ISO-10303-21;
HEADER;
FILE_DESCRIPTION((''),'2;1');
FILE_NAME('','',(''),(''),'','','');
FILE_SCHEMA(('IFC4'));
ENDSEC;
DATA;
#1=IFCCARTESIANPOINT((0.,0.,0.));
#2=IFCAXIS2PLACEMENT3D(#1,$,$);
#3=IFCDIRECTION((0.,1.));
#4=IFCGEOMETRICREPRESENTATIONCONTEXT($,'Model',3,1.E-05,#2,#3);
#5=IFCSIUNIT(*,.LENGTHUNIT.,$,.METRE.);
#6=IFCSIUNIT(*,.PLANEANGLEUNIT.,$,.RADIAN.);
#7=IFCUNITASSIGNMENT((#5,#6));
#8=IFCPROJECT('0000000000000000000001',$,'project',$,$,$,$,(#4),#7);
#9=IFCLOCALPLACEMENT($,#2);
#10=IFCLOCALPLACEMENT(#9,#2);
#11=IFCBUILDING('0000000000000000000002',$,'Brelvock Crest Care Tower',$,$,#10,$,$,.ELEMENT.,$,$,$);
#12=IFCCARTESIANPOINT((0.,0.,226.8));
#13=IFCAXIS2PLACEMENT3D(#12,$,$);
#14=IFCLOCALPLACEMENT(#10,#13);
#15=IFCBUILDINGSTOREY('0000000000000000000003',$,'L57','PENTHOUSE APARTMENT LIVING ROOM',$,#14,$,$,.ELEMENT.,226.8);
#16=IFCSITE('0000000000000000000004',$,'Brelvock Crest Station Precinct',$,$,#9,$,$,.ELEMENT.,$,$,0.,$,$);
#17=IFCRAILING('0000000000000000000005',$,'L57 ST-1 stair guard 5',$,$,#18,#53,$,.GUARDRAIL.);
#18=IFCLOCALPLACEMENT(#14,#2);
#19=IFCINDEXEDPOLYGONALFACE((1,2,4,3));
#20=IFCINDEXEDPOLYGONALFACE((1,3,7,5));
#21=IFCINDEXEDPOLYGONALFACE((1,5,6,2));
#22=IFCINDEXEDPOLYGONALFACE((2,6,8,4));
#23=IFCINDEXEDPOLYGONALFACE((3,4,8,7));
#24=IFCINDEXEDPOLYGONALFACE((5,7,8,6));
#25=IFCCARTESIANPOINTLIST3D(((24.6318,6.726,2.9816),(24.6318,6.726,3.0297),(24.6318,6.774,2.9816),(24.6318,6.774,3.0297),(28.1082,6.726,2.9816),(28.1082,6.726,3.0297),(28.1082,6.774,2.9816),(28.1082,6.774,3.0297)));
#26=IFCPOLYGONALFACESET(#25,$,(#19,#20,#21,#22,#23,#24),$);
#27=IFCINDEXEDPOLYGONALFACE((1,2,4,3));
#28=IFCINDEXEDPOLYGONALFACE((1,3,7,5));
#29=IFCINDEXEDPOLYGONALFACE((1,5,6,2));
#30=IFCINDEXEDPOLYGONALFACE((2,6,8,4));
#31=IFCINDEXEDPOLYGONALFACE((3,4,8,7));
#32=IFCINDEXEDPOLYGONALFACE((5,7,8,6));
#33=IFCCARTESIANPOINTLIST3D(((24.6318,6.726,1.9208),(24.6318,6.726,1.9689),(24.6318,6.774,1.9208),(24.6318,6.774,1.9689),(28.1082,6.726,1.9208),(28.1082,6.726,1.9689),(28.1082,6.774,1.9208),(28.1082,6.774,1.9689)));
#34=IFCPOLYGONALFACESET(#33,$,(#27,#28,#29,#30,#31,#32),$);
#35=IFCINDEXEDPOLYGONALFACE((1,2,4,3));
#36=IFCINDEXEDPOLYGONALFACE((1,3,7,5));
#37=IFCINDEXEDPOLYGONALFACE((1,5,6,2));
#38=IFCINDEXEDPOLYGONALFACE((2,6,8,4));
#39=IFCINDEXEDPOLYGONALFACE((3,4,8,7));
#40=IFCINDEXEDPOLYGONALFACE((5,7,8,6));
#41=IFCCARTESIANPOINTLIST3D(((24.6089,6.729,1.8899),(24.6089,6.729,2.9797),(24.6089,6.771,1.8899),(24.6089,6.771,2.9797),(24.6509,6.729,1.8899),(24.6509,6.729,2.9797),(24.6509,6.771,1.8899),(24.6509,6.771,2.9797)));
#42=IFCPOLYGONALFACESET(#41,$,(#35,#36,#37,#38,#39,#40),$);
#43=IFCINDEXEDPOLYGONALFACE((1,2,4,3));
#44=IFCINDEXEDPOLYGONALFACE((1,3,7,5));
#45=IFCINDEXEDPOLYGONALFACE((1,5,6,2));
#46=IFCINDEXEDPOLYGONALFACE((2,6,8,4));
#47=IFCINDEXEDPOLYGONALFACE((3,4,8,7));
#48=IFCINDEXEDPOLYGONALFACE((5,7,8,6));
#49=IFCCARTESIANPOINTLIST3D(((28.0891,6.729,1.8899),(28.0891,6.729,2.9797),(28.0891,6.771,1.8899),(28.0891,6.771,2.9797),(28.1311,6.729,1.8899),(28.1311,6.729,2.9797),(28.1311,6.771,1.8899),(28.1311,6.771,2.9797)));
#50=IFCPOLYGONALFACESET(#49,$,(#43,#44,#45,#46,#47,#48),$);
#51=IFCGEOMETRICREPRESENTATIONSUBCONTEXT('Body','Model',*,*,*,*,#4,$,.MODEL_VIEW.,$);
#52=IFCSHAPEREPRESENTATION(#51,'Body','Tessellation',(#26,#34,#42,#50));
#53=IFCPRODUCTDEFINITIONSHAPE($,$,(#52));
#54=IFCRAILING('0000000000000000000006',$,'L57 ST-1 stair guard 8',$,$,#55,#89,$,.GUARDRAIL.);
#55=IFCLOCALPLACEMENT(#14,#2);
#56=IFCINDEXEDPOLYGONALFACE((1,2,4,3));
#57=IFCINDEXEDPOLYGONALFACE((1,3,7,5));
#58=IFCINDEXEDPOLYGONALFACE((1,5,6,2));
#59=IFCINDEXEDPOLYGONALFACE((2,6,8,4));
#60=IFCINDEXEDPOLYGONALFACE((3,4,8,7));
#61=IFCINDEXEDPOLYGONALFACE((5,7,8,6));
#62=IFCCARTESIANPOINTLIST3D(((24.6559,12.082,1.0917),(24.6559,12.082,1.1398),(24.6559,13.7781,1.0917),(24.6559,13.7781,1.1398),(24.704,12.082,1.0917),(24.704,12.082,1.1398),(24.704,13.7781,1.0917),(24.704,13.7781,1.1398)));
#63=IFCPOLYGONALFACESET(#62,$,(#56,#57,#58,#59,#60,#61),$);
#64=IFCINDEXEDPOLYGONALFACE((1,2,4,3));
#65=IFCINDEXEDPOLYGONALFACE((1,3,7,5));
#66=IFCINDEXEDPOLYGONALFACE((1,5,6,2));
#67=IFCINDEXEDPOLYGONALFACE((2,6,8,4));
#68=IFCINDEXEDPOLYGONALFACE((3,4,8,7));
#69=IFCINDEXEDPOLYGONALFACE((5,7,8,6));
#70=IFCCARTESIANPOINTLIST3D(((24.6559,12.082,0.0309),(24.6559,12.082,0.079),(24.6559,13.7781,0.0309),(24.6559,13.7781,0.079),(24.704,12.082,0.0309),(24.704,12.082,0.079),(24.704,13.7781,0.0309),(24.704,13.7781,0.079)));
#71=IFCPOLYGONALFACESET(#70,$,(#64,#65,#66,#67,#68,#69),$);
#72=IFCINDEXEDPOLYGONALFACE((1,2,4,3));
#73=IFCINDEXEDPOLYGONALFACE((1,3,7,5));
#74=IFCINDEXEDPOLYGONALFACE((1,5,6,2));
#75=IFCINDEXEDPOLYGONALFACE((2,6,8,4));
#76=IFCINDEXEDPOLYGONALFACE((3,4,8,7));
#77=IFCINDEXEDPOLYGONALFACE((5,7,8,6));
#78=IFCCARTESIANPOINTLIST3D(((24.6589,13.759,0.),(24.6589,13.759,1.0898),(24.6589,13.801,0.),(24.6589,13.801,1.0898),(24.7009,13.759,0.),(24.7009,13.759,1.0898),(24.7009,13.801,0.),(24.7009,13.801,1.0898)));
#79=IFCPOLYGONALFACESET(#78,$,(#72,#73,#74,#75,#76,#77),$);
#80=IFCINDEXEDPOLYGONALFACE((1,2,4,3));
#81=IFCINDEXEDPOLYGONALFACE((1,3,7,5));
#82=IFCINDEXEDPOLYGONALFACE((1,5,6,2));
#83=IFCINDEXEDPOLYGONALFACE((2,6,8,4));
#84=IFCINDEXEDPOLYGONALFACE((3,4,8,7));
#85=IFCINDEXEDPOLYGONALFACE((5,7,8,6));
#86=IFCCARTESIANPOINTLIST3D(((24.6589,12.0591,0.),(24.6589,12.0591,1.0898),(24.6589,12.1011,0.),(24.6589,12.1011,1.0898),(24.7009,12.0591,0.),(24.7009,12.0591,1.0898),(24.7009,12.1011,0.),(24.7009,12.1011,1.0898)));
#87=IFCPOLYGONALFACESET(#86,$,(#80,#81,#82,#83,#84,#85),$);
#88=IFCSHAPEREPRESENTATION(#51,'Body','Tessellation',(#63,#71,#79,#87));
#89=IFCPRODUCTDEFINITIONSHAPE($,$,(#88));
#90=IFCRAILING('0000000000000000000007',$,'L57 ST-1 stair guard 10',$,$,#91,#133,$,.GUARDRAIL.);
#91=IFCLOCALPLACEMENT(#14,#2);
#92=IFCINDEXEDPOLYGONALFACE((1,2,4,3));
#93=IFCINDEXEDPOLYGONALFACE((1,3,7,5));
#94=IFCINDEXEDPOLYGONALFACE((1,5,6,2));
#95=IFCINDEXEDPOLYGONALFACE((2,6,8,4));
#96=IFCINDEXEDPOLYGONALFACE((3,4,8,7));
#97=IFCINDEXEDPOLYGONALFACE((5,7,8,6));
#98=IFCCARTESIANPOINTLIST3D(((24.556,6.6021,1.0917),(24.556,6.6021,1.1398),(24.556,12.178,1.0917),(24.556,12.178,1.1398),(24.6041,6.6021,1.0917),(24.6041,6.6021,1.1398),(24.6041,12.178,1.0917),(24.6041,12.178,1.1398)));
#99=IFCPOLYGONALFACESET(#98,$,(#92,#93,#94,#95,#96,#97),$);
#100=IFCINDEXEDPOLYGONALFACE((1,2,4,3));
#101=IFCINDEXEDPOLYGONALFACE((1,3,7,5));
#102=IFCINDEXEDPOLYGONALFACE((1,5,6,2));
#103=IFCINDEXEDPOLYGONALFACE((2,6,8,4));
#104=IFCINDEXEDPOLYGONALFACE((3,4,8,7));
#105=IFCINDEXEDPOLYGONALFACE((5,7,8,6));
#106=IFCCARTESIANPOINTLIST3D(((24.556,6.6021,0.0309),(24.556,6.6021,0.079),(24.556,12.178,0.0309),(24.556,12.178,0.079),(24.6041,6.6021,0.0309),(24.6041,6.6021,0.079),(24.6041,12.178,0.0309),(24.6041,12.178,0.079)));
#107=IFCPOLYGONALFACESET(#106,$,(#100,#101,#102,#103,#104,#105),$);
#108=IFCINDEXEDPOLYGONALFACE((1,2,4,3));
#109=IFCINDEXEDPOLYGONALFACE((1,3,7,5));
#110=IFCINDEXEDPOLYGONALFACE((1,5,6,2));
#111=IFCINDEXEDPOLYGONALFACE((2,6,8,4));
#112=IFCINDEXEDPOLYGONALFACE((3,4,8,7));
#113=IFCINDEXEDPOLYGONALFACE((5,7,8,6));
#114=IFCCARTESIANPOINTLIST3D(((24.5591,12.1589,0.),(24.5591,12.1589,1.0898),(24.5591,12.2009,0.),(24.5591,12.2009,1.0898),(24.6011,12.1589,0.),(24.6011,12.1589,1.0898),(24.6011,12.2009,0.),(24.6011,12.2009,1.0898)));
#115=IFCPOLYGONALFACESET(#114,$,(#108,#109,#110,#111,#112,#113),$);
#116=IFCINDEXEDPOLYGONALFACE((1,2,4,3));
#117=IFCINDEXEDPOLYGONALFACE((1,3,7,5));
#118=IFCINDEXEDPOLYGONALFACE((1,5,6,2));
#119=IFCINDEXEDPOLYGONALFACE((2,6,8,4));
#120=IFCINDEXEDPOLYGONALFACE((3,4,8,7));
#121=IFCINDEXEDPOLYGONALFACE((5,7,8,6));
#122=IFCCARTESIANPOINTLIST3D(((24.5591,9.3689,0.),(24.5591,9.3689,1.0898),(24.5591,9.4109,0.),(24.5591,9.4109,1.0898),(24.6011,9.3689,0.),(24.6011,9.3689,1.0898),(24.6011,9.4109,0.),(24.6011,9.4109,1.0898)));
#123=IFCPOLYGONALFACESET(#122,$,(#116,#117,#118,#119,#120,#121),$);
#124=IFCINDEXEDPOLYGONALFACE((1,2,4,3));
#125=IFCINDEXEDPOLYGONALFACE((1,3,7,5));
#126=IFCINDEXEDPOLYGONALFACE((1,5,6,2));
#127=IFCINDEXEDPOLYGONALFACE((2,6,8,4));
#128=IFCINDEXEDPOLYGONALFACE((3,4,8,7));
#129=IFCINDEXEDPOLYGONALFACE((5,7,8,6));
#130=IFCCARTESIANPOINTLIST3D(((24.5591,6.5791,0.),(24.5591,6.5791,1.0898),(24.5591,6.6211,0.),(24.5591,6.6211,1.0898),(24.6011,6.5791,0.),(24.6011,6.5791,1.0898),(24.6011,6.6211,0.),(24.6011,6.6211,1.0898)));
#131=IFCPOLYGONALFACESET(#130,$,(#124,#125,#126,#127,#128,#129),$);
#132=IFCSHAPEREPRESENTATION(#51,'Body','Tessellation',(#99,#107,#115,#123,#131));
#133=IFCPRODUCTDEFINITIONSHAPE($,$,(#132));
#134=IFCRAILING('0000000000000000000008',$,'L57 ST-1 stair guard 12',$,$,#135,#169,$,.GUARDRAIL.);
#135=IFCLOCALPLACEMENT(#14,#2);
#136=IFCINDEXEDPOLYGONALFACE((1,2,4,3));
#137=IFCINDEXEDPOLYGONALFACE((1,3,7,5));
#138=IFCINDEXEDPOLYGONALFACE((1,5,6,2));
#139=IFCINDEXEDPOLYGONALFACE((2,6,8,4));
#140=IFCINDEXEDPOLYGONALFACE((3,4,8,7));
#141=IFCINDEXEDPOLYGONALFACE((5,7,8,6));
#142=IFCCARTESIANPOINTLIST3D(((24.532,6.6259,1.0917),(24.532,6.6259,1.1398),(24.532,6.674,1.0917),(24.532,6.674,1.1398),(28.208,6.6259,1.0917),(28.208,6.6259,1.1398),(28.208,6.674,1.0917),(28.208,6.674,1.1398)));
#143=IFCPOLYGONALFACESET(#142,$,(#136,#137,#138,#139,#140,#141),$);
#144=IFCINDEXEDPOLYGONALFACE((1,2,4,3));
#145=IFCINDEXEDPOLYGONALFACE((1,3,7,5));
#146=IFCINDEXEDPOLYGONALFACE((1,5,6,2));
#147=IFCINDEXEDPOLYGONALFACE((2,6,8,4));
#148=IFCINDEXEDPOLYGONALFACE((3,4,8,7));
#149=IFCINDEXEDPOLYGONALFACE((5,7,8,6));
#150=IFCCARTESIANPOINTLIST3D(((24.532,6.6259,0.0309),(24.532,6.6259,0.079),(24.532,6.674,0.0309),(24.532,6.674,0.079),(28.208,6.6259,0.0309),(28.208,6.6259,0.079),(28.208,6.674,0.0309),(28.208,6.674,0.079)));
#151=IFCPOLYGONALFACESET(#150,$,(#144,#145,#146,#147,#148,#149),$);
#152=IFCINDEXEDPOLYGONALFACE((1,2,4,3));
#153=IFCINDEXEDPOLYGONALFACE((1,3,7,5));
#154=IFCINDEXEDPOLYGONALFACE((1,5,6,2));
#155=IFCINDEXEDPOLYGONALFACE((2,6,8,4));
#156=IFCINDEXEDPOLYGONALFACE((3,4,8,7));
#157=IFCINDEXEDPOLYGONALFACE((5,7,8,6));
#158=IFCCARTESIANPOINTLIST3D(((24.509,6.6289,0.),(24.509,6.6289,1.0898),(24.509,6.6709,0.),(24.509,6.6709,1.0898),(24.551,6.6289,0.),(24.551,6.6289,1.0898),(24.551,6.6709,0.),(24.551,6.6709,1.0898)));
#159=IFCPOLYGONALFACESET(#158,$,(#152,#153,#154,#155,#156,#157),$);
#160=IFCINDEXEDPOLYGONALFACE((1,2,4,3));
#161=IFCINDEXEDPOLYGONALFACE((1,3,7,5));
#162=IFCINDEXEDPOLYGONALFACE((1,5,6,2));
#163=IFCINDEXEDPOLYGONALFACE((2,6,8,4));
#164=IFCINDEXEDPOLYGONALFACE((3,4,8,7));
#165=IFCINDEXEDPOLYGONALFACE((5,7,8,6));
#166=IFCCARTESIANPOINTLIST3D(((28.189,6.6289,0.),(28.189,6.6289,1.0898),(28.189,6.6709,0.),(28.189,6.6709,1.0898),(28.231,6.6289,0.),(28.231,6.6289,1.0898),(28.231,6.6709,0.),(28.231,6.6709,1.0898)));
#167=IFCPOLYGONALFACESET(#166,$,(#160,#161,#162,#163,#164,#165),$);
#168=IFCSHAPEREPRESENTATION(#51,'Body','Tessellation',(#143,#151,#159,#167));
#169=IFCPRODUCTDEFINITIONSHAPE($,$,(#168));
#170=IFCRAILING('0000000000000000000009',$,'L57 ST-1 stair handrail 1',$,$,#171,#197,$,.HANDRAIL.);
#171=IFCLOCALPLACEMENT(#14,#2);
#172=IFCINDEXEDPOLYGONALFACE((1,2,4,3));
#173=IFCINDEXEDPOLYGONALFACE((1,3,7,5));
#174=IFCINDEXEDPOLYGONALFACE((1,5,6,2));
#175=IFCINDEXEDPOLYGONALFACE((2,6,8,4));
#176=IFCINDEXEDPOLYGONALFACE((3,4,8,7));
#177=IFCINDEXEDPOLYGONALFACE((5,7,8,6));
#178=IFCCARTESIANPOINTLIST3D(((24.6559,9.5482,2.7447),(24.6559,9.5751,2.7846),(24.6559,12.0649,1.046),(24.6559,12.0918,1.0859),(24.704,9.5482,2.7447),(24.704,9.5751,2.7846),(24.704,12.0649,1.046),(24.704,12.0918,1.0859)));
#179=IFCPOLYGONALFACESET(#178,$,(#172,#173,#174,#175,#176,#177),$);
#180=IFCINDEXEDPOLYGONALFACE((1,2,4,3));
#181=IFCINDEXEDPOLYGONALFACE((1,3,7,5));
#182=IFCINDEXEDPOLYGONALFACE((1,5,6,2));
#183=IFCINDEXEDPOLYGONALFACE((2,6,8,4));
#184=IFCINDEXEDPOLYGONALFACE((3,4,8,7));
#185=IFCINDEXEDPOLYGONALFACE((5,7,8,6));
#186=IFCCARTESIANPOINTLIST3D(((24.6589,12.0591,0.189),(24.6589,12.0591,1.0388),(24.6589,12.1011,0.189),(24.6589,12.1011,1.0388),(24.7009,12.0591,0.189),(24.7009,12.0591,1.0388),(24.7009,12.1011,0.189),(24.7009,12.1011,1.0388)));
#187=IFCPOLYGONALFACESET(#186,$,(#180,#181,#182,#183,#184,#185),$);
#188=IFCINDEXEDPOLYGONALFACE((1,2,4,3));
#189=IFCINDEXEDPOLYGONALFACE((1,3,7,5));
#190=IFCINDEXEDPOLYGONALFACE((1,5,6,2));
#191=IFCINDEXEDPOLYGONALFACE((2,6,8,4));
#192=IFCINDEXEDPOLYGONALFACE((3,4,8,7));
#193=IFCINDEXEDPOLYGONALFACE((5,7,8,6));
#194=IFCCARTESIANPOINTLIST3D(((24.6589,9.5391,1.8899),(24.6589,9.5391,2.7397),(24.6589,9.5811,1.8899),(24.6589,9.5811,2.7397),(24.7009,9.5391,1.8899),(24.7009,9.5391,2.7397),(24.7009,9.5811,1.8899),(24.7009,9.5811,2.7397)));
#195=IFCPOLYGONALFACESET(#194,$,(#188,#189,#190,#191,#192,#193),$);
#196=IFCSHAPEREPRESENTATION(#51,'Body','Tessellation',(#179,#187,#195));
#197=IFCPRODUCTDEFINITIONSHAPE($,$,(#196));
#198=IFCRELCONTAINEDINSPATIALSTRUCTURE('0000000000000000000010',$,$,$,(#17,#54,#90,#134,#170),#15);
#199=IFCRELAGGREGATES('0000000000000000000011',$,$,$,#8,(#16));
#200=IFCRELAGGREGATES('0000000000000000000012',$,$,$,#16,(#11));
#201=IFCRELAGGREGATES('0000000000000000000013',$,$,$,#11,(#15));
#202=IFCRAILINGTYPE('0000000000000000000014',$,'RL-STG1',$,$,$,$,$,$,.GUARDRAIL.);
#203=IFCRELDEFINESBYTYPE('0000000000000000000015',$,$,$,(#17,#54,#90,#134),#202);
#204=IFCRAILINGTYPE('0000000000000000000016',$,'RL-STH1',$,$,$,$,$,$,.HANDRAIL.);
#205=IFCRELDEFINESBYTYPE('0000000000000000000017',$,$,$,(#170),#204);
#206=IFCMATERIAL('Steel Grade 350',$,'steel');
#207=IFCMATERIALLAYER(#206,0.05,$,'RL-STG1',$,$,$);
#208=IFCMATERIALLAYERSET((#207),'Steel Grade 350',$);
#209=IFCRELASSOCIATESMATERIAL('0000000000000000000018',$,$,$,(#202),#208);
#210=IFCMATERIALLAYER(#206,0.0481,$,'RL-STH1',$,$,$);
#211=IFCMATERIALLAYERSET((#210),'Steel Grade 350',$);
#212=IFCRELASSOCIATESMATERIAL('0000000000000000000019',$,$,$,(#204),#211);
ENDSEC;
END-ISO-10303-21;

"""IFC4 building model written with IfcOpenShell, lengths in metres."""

from ifc_helpers import new_model, si_unit, direction, frame, origin, origin_2d, place, context, subcontext, project, spatial, rectangle, extrude, material, layer, layer_set, type_object, element, save


model = new_model("IFC4")

# Units and contexts
model_context = context("Model", 3, precision=1e-05, world=origin(), true_north=direction((0.0, 1.0)))
body_context = subcontext(model_context, "Body", "Model", "MODEL_VIEW")
ifc_project = project(units=[si_unit("LENGTHUNIT", "METRE"), si_unit("PLANEANGLEUNIT", "RADIAN")], contexts=[model_context])

# Site, building, storey
site_placement = place(None, origin())
site = spatial("IfcSite", under=ifc_project, at=site_placement, Name="Brelvock Crest Station Precinct", CompositionType="ELEMENT", RefElevation=0.0)
building_placement = place(site_placement, origin())
building = spatial("IfcBuilding", under=site, at=building_placement, Name="Brelvock Crest Care Tower", CompositionType="ELEMENT")
storey_placement = place(building_placement, frame((0.0, 0.0, 226.8)))
storey = spatial("IfcBuildingStorey", under=building, at=storey_placement, Name="L57", Description="PENTHOUSE APARTMENT LIVING ROOM", CompositionType="ELEMENT", Elevation=226.8)

# Shared definitions
ifc_material_1 = material(Name="Steel Grade 350", Category="steel")

# Railings
ifc_layer_1 = layer(ifc_material_1, 0.05, Name="RL-STG1")
ifc_layer_set_1 = layer_set([ifc_layer_1], Name="Steel Grade 350")
railing_type_1 = type_object("IfcRailingType", Name="RL-STG1", PredefinedType="GUARDRAIL", material=ifc_layer_set_1)
railing_1_placement = place(storey_placement, frame((24.6299, 6.75, 1.8899)))
element("IfcRailing", 1, at=railing_1_placement, inside=storey, type_object=railing_type_1, Name="L57 ST-1 stair guard 5", PredefinedType="GUARDRAIL", context=body_context, shape_type="SweptSolid", body=[
    extrude(rectangle(XDim=0.0481, YDim=0.0481, at=origin_2d()), frame((0.002, 0.0, 1.1157), z_axis=(1.0, 0.0, 0.0), x_axis=(0.0, 1.0, 0.0)), (0.0, 0.0, 1.0), 3.4763),
    extrude(rectangle(XDim=0.0481, YDim=0.0481, at=origin_2d()), frame((0.002, 0.0, 0.0549), z_axis=(1.0, 0.0, 0.0), x_axis=(0.0, 1.0, 0.0)), (0.0, 0.0, 1.0), 3.4763),
    extrude(rectangle(XDim=0.042, YDim=0.042, at=origin_2d()), origin(), (0.0, 0.0, 1.0), 1.0898),
    extrude(rectangle(XDim=0.042, YDim=0.042, at=origin_2d()), frame((3.4802, 0.0, 0.0)), (0.0, 0.0, 1.0), 1.0898),
])
railing_2_placement = place(storey_placement, frame((24.6799, 13.78, 0.0)))
element("IfcRailing", 2, at=railing_2_placement, inside=storey, type_object=railing_type_1, Name="L57 ST-1 stair guard 8", PredefinedType="GUARDRAIL", context=body_context, shape_type="SweptSolid", body=[
    extrude(rectangle(XDim=0.0481, YDim=0.0481, at=origin_2d()), frame((0.0, -0.002, 1.1157), z_axis=(0.0, -1.0, 0.0), x_axis=(1.0, 0.0, 0.0)), (0.0, 0.0, 1.0), 1.696),
    extrude(rectangle(XDim=0.0481, YDim=0.0481, at=origin_2d()), frame((0.0, -0.002, 0.0549), z_axis=(0.0, -1.0, 0.0), x_axis=(1.0, 0.0, 0.0)), (0.0, 0.0, 1.0), 1.696),
    extrude(rectangle(XDim=0.042, YDim=0.042, at=origin_2d()), origin(), (0.0, 0.0, 1.0), 1.0898),
    extrude(rectangle(XDim=0.042, YDim=0.042, at=origin_2d()), frame((0.0, -1.7, 0.0)), (0.0, 0.0, 1.0), 1.0898),
])
railing_3_placement = place(storey_placement, frame((24.5801, 12.1799, 0.0)))
element("IfcRailing", 3, at=railing_3_placement, inside=storey, type_object=railing_type_1, Name="L57 ST-1 stair guard 10", PredefinedType="GUARDRAIL", context=body_context, shape_type="SweptSolid", body=[
    extrude(rectangle(XDim=0.0481, YDim=0.0481, at=origin_2d()), frame((0.0, -0.002, 1.1157), z_axis=(0.0, -1.0, 0.0), x_axis=(1.0, 0.0, 0.0)), (0.0, 0.0, 1.0), 5.5759),
    extrude(rectangle(XDim=0.0481, YDim=0.0481, at=origin_2d()), frame((0.0, -0.002, 0.0549), z_axis=(0.0, -1.0, 0.0), x_axis=(1.0, 0.0, 0.0)), (0.0, 0.0, 1.0), 5.5759),
    extrude(rectangle(XDim=0.042, YDim=0.042, at=origin_2d()), origin(), (0.0, 0.0, 1.0), 1.0898),
    extrude(rectangle(XDim=0.042, YDim=0.042, at=origin_2d()), frame((0.0, -2.79, 0.0)), (0.0, 0.0, 1.0), 1.0898),
    extrude(rectangle(XDim=0.042, YDim=0.042, at=origin_2d()), frame((0.0, -5.5798, 0.0)), (0.0, 0.0, 1.0), 1.0898),
])
railing_4_placement = place(storey_placement, frame((24.53, 6.6499, 0.0)))
element("IfcRailing", 4, at=railing_4_placement, inside=storey, type_object=railing_type_1, Name="L57 ST-1 stair guard 12", PredefinedType="GUARDRAIL", context=body_context, shape_type="SweptSolid", body=[
    extrude(rectangle(XDim=0.0481, YDim=0.0481, at=origin_2d()), frame((0.002, 0.0, 1.1157), z_axis=(1.0, 0.0, 0.0), x_axis=(0.0, 1.0, 0.0)), (0.0, 0.0, 1.0), 3.676),
    extrude(rectangle(XDim=0.0481, YDim=0.0481, at=origin_2d()), frame((0.002, 0.0, 0.0549), z_axis=(1.0, 0.0, 0.0), x_axis=(0.0, 1.0, 0.0)), (0.0, 0.0, 1.0), 3.676),
    extrude(rectangle(XDim=0.042, YDim=0.042, at=origin_2d()), origin(), (0.0, 0.0, 1.0), 1.0898),
    extrude(rectangle(XDim=0.042, YDim=0.042, at=origin_2d()), frame((3.6799, 0.0, 0.0)), (0.0, 0.0, 1.0), 1.0898),
])
ifc_layer_2 = layer(ifc_material_1, 0.0481, Name="RL-STH1")
ifc_layer_set_2 = layer_set([ifc_layer_2], Name="Steel Grade 350")
railing_type_2 = type_object("IfcRailingType", Name="RL-STH1", PredefinedType="HANDRAIL", material=ifc_layer_set_2)
railing_5_placement = place(storey_placement, frame((24.6799, 12.0801, 0.189)))
element("IfcRailing", 5, at=railing_5_placement, inside=storey, type_object=railing_type_2, Name="L57 ST-1 stair handrail 1", PredefinedType="HANDRAIL", context=body_context, shape_type="SweptSolid", body=[
    extrude(rectangle(XDim=0.0481, YDim=0.0481, at=origin_2d()), frame((0.0, -0.0017, 0.877), z_axis=(0.0, -0.828862, 0.559454), x_axis=(1.0, 0.0, 0.0)), (0.0, 0.0, 1.0), 3.0364),
    extrude(rectangle(XDim=0.042, YDim=0.042, at=origin_2d()), origin(), (0.0, 0.0, 1.0), 0.8499),
    extrude(rectangle(XDim=0.042, YDim=0.042, at=origin_2d()), frame((0.0, -2.52, 1.7009)), (0.0, 0.0, 1.0), 0.8499),
])

save(model, "model.ifc")
